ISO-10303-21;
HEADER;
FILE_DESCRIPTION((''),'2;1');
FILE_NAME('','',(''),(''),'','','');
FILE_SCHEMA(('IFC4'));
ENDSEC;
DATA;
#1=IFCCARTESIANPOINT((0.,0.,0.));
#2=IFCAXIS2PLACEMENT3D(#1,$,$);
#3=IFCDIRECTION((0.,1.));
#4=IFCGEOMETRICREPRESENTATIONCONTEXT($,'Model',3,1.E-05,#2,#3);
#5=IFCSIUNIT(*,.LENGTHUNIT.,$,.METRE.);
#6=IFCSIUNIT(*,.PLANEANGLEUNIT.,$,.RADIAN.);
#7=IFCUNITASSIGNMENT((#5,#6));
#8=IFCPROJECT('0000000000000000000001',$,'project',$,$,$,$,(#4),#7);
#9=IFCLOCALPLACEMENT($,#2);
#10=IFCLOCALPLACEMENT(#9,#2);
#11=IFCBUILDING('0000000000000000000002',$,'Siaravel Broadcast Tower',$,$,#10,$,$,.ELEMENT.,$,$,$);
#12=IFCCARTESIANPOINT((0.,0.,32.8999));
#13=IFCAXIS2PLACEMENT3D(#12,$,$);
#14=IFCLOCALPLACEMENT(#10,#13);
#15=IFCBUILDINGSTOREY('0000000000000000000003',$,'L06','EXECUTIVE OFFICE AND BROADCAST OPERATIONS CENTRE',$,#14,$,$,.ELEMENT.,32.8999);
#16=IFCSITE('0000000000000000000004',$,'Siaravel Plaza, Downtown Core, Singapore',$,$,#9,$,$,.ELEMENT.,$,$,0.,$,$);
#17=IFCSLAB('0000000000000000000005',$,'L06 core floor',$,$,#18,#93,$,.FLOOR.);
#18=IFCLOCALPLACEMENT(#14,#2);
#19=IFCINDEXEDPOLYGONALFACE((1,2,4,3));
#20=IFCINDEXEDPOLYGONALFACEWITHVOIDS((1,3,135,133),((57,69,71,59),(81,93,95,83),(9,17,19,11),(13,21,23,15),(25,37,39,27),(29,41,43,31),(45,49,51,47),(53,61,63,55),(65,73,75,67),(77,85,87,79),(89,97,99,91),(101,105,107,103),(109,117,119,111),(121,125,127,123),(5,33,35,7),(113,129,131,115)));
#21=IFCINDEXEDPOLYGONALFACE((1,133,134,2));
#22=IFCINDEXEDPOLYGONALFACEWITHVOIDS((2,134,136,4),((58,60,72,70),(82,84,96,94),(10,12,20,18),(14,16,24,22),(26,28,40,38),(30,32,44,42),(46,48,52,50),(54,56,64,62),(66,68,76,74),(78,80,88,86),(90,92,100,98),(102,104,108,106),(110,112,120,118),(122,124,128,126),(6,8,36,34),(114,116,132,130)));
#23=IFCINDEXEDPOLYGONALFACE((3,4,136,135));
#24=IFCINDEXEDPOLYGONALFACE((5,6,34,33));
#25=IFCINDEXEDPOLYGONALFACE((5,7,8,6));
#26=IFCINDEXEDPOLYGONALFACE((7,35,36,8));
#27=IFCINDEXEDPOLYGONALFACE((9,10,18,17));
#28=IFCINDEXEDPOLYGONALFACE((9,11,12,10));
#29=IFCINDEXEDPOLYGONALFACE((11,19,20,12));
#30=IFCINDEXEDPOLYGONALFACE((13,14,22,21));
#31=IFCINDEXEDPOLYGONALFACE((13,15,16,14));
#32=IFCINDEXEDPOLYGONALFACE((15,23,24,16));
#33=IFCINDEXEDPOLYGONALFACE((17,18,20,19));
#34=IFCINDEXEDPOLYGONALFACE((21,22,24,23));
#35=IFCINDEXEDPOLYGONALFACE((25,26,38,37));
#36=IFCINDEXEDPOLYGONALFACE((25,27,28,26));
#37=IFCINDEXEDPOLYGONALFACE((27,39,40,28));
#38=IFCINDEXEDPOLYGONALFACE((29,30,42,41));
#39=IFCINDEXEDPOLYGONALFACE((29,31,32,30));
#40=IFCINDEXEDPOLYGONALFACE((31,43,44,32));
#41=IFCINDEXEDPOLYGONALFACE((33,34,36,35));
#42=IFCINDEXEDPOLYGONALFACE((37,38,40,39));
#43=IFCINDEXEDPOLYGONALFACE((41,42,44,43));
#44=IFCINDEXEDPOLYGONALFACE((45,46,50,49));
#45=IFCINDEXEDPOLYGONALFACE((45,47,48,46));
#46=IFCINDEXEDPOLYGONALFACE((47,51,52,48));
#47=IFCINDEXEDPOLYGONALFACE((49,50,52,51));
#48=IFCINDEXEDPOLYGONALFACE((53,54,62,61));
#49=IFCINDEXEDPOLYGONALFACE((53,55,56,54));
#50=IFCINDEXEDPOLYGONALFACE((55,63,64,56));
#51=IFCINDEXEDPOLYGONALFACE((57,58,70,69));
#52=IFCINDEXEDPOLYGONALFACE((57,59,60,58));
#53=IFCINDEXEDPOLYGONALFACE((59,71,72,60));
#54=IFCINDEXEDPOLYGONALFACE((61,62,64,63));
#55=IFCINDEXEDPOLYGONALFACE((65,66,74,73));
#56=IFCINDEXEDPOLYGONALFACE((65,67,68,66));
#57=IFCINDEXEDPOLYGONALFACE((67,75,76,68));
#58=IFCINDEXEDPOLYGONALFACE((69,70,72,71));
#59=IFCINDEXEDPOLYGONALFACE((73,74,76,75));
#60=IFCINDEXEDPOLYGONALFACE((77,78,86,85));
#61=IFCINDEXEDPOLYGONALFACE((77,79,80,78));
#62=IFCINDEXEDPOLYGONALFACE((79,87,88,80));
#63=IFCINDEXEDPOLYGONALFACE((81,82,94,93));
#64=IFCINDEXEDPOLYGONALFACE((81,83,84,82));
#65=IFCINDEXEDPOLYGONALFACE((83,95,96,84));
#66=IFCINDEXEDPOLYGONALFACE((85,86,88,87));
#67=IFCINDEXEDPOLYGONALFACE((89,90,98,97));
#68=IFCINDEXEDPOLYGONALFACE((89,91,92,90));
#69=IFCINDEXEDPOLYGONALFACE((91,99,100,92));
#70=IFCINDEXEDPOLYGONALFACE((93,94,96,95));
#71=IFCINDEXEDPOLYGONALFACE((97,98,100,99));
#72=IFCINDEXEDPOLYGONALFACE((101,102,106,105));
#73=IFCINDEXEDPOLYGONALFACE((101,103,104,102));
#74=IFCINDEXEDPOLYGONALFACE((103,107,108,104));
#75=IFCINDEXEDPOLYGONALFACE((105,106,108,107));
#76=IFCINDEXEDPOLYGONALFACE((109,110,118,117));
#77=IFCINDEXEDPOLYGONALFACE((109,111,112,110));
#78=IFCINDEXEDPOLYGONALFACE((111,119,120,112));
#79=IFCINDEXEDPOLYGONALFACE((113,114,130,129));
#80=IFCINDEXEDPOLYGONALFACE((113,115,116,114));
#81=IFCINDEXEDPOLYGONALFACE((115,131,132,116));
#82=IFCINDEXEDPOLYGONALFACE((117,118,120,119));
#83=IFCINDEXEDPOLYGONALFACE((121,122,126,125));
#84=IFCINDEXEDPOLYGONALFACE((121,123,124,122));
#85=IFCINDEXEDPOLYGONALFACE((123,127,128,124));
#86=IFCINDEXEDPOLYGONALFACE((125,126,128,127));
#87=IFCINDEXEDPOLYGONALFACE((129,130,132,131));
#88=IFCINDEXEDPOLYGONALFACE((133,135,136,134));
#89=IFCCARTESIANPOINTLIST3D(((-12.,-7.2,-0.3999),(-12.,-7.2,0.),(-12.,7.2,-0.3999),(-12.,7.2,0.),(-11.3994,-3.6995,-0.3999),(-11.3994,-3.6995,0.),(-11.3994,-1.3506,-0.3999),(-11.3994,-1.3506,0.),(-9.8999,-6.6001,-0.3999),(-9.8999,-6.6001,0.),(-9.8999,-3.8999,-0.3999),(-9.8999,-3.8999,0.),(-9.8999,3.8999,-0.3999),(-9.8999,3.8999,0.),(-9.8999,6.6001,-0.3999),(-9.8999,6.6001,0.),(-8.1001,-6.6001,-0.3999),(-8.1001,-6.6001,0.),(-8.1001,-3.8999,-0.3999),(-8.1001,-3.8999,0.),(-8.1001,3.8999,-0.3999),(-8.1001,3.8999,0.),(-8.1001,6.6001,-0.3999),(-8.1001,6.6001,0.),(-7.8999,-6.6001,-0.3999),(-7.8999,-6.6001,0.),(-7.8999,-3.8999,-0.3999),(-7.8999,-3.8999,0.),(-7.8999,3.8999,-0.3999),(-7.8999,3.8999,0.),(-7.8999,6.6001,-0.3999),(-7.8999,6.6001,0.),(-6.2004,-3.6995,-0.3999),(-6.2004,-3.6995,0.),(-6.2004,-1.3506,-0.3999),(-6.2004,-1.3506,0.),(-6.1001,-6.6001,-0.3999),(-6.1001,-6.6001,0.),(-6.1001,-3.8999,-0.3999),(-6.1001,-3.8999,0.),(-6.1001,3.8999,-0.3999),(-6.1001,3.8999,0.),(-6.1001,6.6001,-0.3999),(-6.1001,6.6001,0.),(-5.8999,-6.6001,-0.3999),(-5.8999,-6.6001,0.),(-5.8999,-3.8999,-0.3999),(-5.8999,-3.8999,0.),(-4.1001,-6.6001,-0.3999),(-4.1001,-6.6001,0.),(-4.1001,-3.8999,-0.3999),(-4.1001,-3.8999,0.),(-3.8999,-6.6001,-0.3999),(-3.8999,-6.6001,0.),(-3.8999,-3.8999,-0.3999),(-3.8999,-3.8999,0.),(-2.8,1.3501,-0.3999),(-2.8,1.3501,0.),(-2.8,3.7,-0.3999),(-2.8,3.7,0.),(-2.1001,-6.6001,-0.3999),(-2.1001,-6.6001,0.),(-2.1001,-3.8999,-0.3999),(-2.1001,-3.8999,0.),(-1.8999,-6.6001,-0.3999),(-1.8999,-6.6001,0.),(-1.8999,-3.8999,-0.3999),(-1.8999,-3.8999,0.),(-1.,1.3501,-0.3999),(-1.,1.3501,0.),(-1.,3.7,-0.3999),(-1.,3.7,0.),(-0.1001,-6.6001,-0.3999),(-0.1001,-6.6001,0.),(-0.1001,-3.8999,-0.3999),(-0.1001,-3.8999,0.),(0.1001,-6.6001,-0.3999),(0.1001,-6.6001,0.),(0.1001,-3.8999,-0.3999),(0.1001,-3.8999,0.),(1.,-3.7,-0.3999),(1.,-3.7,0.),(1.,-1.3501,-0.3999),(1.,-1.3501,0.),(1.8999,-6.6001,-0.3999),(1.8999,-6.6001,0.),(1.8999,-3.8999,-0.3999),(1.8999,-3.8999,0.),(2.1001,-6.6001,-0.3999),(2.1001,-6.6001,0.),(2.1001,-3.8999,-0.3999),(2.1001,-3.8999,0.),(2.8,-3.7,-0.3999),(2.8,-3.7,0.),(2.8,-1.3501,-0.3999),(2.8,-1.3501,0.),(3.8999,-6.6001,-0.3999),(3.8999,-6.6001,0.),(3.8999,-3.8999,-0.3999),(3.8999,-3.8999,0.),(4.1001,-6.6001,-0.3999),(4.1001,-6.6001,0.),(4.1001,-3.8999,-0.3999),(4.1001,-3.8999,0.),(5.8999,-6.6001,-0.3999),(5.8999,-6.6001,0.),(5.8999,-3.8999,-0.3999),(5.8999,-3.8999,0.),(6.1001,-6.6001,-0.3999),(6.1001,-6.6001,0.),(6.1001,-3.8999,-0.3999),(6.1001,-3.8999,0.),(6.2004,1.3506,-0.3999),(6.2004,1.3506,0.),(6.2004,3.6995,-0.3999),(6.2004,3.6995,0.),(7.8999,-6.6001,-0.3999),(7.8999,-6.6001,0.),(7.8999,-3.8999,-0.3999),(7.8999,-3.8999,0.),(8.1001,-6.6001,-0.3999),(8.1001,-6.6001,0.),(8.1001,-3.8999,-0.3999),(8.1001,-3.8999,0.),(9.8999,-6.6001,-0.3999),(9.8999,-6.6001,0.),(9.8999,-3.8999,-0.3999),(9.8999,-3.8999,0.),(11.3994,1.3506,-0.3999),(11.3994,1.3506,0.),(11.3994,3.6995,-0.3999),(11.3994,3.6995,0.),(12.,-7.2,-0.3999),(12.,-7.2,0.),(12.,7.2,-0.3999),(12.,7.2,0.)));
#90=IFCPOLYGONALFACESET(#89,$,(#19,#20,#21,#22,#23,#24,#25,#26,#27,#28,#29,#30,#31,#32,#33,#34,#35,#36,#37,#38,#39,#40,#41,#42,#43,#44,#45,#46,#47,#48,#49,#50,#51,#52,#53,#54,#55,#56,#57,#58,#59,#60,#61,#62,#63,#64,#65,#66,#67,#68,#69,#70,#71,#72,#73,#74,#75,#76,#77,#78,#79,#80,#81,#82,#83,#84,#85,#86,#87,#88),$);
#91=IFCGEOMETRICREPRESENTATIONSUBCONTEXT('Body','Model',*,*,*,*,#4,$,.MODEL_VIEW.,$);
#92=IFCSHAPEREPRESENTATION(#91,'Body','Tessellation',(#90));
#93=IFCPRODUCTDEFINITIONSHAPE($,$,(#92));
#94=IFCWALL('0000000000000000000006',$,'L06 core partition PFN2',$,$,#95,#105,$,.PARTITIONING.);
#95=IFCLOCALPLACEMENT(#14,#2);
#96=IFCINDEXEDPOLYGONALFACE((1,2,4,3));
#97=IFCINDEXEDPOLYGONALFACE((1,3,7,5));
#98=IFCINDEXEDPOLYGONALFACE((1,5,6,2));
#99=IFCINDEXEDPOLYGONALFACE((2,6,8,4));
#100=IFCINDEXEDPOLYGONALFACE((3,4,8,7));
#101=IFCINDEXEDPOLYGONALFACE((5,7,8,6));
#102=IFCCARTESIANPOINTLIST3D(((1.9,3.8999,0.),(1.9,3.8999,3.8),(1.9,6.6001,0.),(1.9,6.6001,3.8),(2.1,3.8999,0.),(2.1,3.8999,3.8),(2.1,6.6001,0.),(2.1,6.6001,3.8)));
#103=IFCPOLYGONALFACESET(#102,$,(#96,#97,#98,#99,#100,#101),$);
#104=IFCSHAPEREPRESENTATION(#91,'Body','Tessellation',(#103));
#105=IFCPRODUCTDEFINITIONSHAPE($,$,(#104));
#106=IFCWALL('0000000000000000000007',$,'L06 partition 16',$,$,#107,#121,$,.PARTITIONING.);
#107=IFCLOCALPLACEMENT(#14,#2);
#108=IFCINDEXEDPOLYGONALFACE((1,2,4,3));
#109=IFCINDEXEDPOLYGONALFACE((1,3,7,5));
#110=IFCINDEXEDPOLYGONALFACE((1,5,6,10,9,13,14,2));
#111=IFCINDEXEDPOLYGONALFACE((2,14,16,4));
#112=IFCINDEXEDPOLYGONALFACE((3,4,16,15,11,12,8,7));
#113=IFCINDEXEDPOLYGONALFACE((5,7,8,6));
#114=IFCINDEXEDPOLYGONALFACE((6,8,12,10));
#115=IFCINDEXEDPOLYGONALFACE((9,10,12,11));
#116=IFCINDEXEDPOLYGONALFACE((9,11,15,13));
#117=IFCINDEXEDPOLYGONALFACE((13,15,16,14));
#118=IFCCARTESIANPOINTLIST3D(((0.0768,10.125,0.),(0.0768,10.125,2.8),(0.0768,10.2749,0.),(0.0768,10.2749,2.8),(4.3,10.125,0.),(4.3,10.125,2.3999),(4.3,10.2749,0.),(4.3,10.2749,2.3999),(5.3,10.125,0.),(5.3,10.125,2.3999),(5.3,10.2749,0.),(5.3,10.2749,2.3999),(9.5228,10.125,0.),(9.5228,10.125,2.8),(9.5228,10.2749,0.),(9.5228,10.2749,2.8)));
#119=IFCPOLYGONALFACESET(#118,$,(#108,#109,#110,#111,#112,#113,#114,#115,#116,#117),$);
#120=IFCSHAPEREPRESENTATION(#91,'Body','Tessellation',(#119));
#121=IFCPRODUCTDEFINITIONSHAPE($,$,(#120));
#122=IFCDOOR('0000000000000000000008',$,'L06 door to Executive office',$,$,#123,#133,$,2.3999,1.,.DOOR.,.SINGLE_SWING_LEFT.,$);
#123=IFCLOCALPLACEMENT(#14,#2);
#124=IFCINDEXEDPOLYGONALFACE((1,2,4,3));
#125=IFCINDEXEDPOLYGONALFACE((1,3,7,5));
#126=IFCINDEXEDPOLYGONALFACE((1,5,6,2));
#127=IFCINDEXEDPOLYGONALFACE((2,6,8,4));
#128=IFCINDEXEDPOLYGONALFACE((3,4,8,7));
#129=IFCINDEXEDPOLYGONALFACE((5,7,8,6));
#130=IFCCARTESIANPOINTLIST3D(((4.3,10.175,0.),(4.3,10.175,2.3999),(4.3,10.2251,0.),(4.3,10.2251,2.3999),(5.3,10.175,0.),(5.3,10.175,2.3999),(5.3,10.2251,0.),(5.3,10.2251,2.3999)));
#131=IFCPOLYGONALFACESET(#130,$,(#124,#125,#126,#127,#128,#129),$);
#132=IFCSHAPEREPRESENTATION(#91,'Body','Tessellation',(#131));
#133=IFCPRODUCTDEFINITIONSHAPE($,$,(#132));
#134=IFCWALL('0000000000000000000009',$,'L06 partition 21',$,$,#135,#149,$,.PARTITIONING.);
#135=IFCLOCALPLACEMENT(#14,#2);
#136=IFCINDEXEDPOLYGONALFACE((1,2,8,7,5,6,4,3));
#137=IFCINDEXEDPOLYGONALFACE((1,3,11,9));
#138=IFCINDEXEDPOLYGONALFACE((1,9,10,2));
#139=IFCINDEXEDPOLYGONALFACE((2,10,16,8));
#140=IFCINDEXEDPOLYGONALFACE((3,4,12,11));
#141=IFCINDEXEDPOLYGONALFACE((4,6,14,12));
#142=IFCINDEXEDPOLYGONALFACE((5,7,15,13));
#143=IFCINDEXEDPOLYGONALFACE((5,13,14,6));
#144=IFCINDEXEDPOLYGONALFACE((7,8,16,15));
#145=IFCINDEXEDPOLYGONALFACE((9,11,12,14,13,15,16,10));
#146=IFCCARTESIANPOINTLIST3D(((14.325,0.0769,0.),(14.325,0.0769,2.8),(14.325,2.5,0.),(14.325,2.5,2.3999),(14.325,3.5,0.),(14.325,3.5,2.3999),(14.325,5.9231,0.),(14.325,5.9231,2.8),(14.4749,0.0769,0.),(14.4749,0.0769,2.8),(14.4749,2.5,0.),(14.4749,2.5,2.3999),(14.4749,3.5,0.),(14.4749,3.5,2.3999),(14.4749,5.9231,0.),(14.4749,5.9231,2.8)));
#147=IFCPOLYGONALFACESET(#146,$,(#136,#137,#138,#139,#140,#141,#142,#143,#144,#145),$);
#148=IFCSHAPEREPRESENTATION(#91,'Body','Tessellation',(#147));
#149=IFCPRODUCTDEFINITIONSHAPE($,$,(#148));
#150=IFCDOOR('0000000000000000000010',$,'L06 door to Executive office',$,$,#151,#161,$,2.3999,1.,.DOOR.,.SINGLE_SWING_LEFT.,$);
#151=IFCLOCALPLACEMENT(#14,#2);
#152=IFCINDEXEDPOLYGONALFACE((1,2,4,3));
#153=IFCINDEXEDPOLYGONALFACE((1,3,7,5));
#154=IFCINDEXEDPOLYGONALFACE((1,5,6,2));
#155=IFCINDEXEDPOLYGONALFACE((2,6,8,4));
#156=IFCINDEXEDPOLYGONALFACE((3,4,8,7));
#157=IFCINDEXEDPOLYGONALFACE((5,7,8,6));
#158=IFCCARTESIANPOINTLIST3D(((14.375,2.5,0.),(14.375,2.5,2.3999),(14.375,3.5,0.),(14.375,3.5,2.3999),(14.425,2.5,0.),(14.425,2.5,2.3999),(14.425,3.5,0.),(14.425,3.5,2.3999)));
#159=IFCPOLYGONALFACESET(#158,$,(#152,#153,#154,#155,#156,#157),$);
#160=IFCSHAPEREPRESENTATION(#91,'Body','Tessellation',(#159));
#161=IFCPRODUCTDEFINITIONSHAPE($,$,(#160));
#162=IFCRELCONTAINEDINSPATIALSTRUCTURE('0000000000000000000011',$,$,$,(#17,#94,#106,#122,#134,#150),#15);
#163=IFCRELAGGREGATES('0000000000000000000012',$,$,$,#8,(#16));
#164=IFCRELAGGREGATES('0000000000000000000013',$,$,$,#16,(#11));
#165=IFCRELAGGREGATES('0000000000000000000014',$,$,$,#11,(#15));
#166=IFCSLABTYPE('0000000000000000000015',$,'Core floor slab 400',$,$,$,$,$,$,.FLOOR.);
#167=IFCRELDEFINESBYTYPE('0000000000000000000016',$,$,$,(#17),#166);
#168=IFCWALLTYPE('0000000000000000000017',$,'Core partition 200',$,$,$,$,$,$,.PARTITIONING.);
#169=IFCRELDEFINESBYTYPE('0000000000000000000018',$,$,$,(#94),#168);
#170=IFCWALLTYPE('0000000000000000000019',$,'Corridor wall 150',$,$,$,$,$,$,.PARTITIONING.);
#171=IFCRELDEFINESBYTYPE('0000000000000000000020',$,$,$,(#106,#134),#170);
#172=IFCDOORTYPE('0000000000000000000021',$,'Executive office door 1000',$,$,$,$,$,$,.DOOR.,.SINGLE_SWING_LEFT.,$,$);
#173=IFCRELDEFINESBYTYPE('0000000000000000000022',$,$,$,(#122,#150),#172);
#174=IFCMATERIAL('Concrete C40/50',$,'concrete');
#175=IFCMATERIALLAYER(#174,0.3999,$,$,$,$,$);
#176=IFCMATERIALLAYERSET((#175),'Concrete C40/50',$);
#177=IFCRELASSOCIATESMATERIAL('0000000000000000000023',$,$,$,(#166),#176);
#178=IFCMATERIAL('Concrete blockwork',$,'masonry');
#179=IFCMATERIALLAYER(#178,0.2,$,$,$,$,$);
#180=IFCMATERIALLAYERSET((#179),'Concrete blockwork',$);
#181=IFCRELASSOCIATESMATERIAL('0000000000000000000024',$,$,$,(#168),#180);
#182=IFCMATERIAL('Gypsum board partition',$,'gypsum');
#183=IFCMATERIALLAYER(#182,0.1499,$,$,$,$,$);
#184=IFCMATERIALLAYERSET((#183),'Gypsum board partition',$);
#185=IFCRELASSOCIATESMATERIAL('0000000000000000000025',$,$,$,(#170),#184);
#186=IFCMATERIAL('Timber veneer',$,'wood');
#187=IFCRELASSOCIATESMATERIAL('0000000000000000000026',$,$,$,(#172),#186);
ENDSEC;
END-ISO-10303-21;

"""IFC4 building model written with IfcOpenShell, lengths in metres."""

from ifc_helpers import new_model, si_unit, direction, frame, frame_2d, origin, place, context, subcontext, project, spatial, polyline, rectangle, outline, extrude, material, layer, layer_set, type_object, element, fill, save


model = new_model("IFC4")

# Units and contexts
model_context = context("Model", 3, precision=1e-05, world=origin(), true_north=direction((0.0, 1.0)))
body_context = subcontext(model_context, "Body", "Model", "MODEL_VIEW")
ifc_project = project(units=[si_unit("LENGTHUNIT", "METRE"), si_unit("PLANEANGLEUNIT", "RADIAN")], contexts=[model_context])

# Site, building, storey
site_placement = place(None, origin())
site = spatial("IfcSite", under=ifc_project, at=site_placement, Name="Siaravel Plaza, Downtown Core, Singapore", CompositionType="ELEMENT", RefElevation=0.0)
building_placement = place(site_placement, origin())
building = spatial("IfcBuilding", under=site, at=building_placement, Name="Siaravel Broadcast Tower", CompositionType="ELEMENT")
storey_placement = place(building_placement, frame((0.0, 0.0, 32.8999)))
storey = spatial("IfcBuildingStorey", under=building, at=storey_placement, Name="L06", Description="EXECUTIVE OFFICE AND BROADCAST OPERATIONS CENTRE", CompositionType="ELEMENT", Elevation=32.8999)

# Slab
ifc_material_1 = material(Name="Concrete C40/50", Category="concrete")
ifc_layer_1 = layer(ifc_material_1, 0.3999)
ifc_layer_set_1 = layer_set([ifc_layer_1], Name="Concrete C40/50")
slab_type = type_object("IfcSlabType", Name="Core floor slab 400", PredefinedType="FLOOR", material=ifc_layer_set_1)
slab_placement = place(storey_placement, frame((0.0, 0.0, -0.3999)))
element("IfcSlab", 1, at=slab_placement, inside=storey, type_object=slab_type, Name="L06 core floor", PredefinedType="FLOOR", context=body_context, shape_type="SweptSolid", body=[
    extrude(outline(polyline([(-12.0, -7.2), (-12.0, 7.2), (12.0, 7.2), (12.0, -7.2), (-12.0, -7.2)]), holes=[polyline([(11.3994, 1.3506), (11.3994, 3.6995), (6.2004, 3.6995), (6.2004, 1.3506), (11.3994, 1.3506)]), polyline([(9.8999, -3.8999), (8.1001, -3.8999), (8.1001, -6.6001), (9.8999, -6.6001), (9.8999, -3.8999)]), polyline([(7.8999, -3.8999), (6.1001, -3.8999), (6.1001, -6.6001), (7.8999, -6.6001), (7.8999, -3.8999)]), polyline([(5.8999, -3.8999), (4.1001, -3.8999), (4.1001, -6.6001), (5.8999, -6.6001), (5.8999, -3.8999)]), polyline([(3.8999, -3.8999), (2.1001, -3.8999), (2.1001, -6.6001), (3.8999, -6.6001), (3.8999, -3.8999)]), polyline([(2.8, -1.3501), (1.0, -1.3501), (1.0, -3.7), (2.8, -3.7), (2.8, -1.3501)]), polyline([(1.8999, -3.8999), (0.1001, -3.8999), (0.1001, -6.6001), (1.8999, -6.6001), (1.8999, -3.8999)]), polyline([(-0.1001, -3.8999), (-1.8999, -3.8999), (-1.8999, -6.6001), (-0.1001, -6.6001), (-0.1001, -3.8999)]), polyline([(-1.0, 3.7), (-2.8, 3.7), (-2.8, 1.3501), (-1.0, 1.3501), (-1.0, 3.7)]), polyline([(-2.1001, -3.8999), (-3.8999, -3.8999), (-3.8999, -6.6001), (-2.1001, -6.6001), (-2.1001, -3.8999)]), polyline([(-4.1001, -3.8999), (-5.8999, -3.8999), (-5.8999, -6.6001), (-4.1001, -6.6001), (-4.1001, -3.8999)]), polyline([(-6.1001, -3.8999), (-7.8999, -3.8999), (-7.8999, -6.6001), (-6.1001, -6.6001), (-6.1001, -3.8999)]), polyline([(-6.1001, 6.6001), (-7.8999, 6.6001), (-7.8999, 3.8999), (-6.1001, 3.8999), (-6.1001, 6.6001)]), polyline([(-11.3994, -1.3506), (-11.3994, -3.6995), (-6.2004, -3.6995), (-6.2004, -1.3506), (-11.3994, -1.3506)]), polyline([(-8.1001, -3.8999), (-9.8999, -3.8999), (-9.8999, -6.6001), (-8.1001, -6.6001), (-8.1001, -3.8999)]), polyline([(-8.1001, 6.6001), (-9.8999, 6.6001), (-9.8999, 3.8999), (-8.1001, 3.8999), (-8.1001, 6.6001)])]), origin(), (0.0, 0.0, 1.0), 0.3999),
])

# Wall
ifc_material_2 = material(Name="Concrete blockwork", Category="masonry")
ifc_layer_2 = layer(ifc_material_2, 0.2)
ifc_layer_set_2 = layer_set([ifc_layer_2], Name="Concrete blockwork")
wall_type_1 = type_object("IfcWallType", Name="Core partition 200", PredefinedType="PARTITIONING", material=ifc_layer_set_2)
wall_1_placement = place(storey_placement, frame((2.0, 3.8999, 0.0), z_axis=(0.0, 0.0, 1.0), x_axis=(0.0, 1.0, 0.0)))
element("IfcWall", 2, at=wall_1_placement, inside=storey, type_object=wall_type_1, Name="L06 core partition PFN2", PredefinedType="PARTITIONING", context=body_context, shape_type="SweptSolid", body=[
    extrude(rectangle(XDim=2.7002, YDim=0.2, at=frame_2d((1.3501, 0.0))), origin(), (0.0, 0.0, 1.0), 3.8),
])

# Walls, openings, doors
ifc_material_3 = material(Name="Gypsum board partition", Category="gypsum")
ifc_layer_3 = layer(ifc_material_3, 0.1499)
ifc_layer_set_3 = layer_set([ifc_layer_3], Name="Gypsum board partition")
wall_type_2 = type_object("IfcWallType", Name="Corridor wall 150", PredefinedType="PARTITIONING", material=ifc_layer_set_3)
wall_2_placement = place(storey_placement, frame((9.5229, 10.2, 0.0), z_axis=(0.0, 0.0, 1.0), x_axis=(-1.0, 0.0, 0.0)))
wall_2 = element("IfcWall", 3, at=wall_2_placement, inside=storey, type_object=wall_type_2, Name="L06 partition 16", PredefinedType="PARTITIONING", context=body_context, shape_type="SweptSolid", body=[
    extrude(rectangle(XDim=9.446, YDim=0.1499, at=frame_2d((4.7231, 0.0))), origin(), (0.0, 0.0, 1.0), 2.8),
])
opening_1_placement = place(wall_2_placement, frame((4.2229, 0.0, 0.0)))
opening_1 = element("IfcOpeningElement", 4, at=opening_1_placement, cuts=wall_2, PredefinedType="OPENING", context=body_context, shape_type="SweptSolid", body=[
    extrude(rectangle(XDim=1.0, YDim=2.3999, at=frame_2d((0.5, 1.2))), frame((0.0, 0.085, 0.0), z_axis=(0.0, -1.0, 0.0), x_axis=(1.0, 0.0, 0.0)), (0.0, 0.0, 1.0), 0.1699),
])
ifc_material_4 = material(Name="Timber veneer", Category="wood")
door_type_1 = type_object("IfcDoorType", Name="Executive office door 1000", OperationType="SINGLE_SWING_LEFT", PredefinedType="DOOR", material=ifc_material_4)
door_1_placement = place(opening_1_placement, origin())
door_1 = element("IfcDoor", 5, at=door_1_placement, inside=storey, type_object=door_type_1, Name="L06 door to Executive office", OperationType="SINGLE_SWING_LEFT", OverallHeight=2.3999, OverallWidth=1.0, PredefinedType="DOOR", context=body_context, shape_type="SweptSolid", body=[
    extrude(rectangle(XDim=1.0, YDim=2.3999, at=frame_2d((0.5, 1.2))), frame((0.0, 0.0249, 0.0), z_axis=(0.0, -1.0, 0.0), x_axis=(1.0, 0.0, 0.0)), (0.0, 0.0, 1.0), 0.05),
])
fill(opening_1, door_1)
wall_3_placement = place(storey_placement, frame((14.3999, 0.0769, 0.0), z_axis=(0.0, 0.0, 1.0), x_axis=(0.0, 1.0, 0.0)))
wall_3 = element("IfcWall", 6, at=wall_3_placement, inside=storey, type_object=wall_type_2, Name="L06 partition 21", PredefinedType="PARTITIONING", context=body_context, shape_type="SweptSolid", body=[
    extrude(rectangle(XDim=5.8462, YDim=0.1499, at=frame_2d((2.9231, 0.0))), origin(), (0.0, 0.0, 1.0), 2.8),
])
opening_2_placement = place(wall_3_placement, frame((2.4231, 0.0, 0.0)))
opening_2 = element("IfcOpeningElement", 7, at=opening_2_placement, cuts=wall_3, PredefinedType="OPENING", context=body_context, shape_type="SweptSolid", body=[
    extrude(rectangle(XDim=1.0, YDim=2.3999, at=frame_2d((0.5, 1.2))), frame((0.0, 0.085, 0.0), z_axis=(0.0, -1.0, 0.0), x_axis=(1.0, 0.0, 0.0)), (0.0, 0.0, 1.0), 0.1699),
])
door_2_placement = place(opening_2_placement, origin())
door_2 = element("IfcDoor", 8, at=door_2_placement, inside=storey, type_object=door_type_1, Name="L06 door to Executive office", OperationType="SINGLE_SWING_LEFT", OverallHeight=2.3999, OverallWidth=1.0, PredefinedType="DOOR", context=body_context, shape_type="SweptSolid", body=[
    extrude(rectangle(XDim=1.0, YDim=2.3999, at=frame_2d((0.5, 1.2))), frame((0.0, 0.0249, 0.0), z_axis=(0.0, -1.0, 0.0), x_axis=(1.0, 0.0, 0.0)), (0.0, 0.0, 1.0), 0.05),
])
fill(opening_2, door_2)

save(model, "model.ifc")
